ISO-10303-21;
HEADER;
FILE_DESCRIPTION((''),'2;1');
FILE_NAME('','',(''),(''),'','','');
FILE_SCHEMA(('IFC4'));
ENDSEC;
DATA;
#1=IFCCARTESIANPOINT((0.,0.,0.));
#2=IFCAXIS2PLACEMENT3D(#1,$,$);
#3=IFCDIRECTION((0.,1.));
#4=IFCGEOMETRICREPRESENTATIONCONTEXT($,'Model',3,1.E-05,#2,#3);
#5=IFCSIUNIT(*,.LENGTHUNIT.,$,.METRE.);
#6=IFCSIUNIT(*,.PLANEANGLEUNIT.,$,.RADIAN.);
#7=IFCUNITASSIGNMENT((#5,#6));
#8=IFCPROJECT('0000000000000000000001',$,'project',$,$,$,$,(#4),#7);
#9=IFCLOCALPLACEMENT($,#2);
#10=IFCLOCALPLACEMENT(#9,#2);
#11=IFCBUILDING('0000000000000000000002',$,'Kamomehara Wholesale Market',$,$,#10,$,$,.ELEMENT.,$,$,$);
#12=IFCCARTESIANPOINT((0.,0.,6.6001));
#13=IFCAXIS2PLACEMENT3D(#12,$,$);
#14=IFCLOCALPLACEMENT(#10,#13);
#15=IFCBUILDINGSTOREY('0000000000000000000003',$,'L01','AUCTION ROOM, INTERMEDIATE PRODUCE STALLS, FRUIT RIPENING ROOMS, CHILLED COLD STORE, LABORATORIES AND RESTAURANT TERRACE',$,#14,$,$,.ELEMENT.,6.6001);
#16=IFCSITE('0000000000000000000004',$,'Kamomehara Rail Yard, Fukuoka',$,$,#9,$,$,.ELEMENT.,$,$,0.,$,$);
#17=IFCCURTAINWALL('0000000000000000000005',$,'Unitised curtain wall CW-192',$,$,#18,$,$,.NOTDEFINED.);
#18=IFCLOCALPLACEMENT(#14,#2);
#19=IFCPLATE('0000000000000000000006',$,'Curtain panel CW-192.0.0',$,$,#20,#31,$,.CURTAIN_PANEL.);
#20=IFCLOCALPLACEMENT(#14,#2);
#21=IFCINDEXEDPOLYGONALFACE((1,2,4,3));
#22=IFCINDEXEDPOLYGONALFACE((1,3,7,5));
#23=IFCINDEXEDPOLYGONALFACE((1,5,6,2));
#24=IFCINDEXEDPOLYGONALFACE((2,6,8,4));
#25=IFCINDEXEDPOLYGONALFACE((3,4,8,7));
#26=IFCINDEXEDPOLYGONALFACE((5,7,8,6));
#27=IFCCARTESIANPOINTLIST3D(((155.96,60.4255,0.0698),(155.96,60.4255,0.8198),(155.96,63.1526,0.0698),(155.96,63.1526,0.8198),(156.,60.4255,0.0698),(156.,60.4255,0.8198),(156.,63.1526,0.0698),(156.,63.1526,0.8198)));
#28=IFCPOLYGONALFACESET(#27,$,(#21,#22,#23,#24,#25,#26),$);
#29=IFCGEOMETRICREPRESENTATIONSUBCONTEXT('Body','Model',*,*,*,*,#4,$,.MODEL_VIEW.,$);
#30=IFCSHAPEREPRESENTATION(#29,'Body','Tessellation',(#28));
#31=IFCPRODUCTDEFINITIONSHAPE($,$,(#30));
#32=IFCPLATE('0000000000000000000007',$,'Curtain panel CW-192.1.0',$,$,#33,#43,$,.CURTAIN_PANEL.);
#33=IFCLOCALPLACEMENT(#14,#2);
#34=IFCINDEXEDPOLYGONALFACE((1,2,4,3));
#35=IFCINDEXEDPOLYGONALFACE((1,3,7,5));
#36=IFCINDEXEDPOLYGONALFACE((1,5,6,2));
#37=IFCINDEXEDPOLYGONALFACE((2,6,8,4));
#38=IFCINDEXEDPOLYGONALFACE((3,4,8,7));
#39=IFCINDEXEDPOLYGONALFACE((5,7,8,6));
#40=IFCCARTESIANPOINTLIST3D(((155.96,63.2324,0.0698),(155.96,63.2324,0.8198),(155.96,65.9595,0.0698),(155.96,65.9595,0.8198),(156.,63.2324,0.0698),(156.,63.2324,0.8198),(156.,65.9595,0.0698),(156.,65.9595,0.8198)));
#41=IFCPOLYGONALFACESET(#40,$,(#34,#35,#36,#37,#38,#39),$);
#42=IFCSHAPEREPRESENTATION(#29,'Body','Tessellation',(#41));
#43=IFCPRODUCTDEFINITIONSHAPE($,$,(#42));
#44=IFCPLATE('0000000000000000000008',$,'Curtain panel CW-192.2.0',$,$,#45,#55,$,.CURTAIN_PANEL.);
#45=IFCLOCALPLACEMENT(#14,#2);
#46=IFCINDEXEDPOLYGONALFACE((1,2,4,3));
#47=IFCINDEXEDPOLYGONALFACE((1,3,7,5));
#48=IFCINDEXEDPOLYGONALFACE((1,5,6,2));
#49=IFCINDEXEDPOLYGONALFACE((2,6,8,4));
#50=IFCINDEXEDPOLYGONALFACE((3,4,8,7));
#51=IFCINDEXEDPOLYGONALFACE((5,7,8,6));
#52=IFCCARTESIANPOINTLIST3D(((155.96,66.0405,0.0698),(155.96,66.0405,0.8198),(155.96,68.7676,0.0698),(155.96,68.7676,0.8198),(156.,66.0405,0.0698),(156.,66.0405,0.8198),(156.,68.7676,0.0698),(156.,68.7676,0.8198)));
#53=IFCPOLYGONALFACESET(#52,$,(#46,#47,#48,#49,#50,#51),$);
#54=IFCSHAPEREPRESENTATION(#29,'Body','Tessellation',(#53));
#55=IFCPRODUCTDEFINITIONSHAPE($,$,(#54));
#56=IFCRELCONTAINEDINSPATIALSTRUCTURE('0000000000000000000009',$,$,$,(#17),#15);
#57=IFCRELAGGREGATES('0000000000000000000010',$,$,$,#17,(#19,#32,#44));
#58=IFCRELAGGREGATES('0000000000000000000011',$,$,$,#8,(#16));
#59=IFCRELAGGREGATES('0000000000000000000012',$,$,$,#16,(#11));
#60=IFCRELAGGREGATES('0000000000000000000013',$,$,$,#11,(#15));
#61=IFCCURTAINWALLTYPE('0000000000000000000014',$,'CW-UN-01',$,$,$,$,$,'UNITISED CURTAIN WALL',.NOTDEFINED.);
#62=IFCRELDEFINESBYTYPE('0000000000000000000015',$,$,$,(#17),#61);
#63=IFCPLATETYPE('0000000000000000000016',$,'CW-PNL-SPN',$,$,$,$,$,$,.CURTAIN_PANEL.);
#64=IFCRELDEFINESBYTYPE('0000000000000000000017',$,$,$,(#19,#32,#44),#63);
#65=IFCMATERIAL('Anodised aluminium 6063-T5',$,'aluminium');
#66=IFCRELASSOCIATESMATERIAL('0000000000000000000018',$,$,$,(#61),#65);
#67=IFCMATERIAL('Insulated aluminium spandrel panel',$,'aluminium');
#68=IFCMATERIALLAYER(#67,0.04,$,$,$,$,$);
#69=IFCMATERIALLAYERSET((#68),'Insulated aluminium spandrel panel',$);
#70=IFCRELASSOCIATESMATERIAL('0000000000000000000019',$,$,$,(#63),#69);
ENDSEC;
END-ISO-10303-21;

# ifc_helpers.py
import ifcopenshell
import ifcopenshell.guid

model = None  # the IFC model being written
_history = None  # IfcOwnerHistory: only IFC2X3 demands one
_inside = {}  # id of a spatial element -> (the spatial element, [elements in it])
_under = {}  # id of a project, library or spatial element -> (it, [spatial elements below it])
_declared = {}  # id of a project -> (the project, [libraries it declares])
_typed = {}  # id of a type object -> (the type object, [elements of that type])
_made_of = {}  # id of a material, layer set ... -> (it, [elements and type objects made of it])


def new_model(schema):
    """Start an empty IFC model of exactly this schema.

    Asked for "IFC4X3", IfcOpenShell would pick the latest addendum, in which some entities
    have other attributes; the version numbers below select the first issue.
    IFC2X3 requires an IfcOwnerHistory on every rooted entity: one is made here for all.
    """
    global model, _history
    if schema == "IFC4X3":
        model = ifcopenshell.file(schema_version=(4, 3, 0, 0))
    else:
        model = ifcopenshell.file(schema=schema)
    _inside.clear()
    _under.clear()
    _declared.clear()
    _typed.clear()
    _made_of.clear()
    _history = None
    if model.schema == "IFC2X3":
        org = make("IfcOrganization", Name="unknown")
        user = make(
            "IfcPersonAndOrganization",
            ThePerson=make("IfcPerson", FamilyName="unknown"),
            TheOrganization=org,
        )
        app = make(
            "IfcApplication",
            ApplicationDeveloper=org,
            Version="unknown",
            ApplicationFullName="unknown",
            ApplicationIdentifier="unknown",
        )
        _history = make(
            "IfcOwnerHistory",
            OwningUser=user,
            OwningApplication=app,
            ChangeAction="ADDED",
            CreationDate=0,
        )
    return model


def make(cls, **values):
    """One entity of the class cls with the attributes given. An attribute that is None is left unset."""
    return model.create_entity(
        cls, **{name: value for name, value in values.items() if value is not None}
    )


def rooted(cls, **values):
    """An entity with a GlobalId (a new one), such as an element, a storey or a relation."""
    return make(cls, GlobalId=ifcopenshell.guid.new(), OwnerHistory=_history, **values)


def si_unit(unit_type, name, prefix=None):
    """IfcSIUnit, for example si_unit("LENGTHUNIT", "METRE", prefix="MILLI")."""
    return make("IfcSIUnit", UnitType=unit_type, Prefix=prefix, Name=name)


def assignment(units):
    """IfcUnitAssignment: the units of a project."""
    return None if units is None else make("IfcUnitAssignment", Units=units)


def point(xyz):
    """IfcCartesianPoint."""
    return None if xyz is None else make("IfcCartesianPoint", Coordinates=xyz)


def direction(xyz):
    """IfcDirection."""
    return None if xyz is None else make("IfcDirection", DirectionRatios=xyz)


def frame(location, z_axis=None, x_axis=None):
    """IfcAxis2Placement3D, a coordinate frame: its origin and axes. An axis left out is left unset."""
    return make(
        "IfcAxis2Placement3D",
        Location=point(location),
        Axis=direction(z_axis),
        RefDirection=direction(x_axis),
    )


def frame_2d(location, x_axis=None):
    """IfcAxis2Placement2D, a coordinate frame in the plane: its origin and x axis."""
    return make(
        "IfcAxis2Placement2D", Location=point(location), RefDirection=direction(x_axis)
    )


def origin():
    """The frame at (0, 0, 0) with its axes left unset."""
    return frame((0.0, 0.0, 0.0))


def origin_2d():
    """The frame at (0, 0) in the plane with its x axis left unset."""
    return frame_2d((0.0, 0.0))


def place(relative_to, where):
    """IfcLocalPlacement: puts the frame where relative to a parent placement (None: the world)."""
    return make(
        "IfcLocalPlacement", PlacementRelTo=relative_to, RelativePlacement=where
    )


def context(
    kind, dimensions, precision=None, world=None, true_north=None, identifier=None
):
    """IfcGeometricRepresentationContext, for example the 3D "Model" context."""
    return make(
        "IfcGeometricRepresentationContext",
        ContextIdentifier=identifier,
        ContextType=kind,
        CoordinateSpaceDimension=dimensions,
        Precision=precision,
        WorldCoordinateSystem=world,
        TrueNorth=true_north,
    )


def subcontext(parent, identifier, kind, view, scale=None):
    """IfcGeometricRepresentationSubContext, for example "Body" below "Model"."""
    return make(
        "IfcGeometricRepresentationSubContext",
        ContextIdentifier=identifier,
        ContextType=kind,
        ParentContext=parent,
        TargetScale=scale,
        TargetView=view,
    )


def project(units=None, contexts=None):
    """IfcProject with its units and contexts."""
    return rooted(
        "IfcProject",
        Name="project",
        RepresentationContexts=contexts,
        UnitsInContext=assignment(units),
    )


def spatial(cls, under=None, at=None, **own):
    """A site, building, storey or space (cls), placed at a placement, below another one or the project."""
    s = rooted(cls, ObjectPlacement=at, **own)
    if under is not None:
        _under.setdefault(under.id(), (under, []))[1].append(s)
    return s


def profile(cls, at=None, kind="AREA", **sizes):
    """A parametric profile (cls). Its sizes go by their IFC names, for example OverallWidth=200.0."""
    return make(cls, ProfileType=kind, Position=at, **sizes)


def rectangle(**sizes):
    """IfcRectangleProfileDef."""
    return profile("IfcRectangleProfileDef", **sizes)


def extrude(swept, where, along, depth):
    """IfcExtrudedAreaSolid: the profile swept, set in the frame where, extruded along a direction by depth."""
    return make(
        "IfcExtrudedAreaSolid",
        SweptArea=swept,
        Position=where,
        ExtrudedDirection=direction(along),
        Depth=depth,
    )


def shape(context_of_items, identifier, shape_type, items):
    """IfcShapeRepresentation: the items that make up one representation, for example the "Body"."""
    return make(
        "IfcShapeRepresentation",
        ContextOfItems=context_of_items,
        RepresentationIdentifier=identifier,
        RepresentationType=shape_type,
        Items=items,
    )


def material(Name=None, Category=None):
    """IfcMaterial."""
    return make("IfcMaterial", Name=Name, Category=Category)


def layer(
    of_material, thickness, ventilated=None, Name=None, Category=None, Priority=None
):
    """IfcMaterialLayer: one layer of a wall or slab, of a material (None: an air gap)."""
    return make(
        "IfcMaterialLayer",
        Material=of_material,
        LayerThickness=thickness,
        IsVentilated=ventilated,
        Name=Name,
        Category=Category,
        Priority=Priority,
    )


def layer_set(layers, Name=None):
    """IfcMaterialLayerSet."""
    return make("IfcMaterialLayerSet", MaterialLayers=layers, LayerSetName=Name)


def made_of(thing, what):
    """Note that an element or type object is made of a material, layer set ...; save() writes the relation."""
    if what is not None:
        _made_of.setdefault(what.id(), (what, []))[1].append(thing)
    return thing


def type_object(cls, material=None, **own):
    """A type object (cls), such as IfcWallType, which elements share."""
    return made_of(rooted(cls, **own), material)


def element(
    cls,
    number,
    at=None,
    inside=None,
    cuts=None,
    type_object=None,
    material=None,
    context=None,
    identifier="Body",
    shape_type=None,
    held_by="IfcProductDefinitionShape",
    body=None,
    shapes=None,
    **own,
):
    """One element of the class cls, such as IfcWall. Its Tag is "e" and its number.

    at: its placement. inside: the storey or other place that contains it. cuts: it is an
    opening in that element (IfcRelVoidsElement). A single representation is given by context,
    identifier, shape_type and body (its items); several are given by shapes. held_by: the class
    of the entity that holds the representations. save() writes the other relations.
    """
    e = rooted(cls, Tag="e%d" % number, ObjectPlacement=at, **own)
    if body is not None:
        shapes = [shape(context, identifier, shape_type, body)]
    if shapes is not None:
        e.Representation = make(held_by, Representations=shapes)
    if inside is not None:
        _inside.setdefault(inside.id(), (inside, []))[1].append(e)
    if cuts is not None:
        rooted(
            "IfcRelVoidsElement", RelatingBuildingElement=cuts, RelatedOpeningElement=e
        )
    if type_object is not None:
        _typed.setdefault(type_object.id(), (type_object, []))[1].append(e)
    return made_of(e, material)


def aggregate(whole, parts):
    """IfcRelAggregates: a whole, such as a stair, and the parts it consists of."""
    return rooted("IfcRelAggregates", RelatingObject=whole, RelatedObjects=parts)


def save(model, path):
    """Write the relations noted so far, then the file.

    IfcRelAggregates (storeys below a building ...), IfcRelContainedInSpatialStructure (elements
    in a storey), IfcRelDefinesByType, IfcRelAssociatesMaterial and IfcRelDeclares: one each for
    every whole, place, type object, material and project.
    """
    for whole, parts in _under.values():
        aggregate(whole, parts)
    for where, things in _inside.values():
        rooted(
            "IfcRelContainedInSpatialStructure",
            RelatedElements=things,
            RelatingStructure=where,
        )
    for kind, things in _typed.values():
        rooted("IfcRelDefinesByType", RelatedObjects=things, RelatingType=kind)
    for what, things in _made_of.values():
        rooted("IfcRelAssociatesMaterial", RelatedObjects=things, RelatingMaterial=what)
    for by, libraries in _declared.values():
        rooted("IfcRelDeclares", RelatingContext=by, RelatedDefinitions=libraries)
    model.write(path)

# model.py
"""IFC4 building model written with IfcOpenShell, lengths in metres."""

from ifc_helpers import new_model, si_unit, direction, frame, origin, origin_2d, place, context, subcontext, project, spatial, rectangle, extrude, material, layer, layer_set, type_object, element, aggregate, save


model = new_model("IFC4")

# Units and contexts
model_context = context("Model", 3, precision=1e-05, world=origin(), true_north=direction((0.0, 1.0)))
body_context = subcontext(model_context, "Body", "Model", "MODEL_VIEW")
ifc_project = project(units=[si_unit("LENGTHUNIT", "METRE"), si_unit("PLANEANGLEUNIT", "RADIAN")], contexts=[model_context])

# Site, building, storey
site_placement = place(None, origin())
site = spatial("IfcSite", under=ifc_project, at=site_placement, Name="Kamomehara Rail Yard, Fukuoka", CompositionType="ELEMENT", RefElevation=0.0)
building_placement = place(site_placement, origin())
building = spatial("IfcBuilding", under=site, at=building_placement, Name="Kamomehara Wholesale Market", CompositionType="ELEMENT")
storey_placement = place(building_placement, frame((0.0, 0.0, 6.6001)))
storey = spatial("IfcBuildingStorey", under=building, at=storey_placement, Name="L01", Description="AUCTION ROOM, INTERMEDIATE PRODUCE STALLS, FRUIT RIPENING ROOMS, CHILLED COLD STORE, LABORATORIES AND RESTAURANT TERRACE", CompositionType="ELEMENT", Elevation=6.6001)

# Curtain wall, plates
ifc_material_1 = material(Name="Anodised aluminium 6063-T5", Category="aluminium")
curtain_wall_type = type_object("IfcCurtainWallType", Name="CW-UN-01", ElementType="UNITISED CURTAIN WALL", PredefinedType="NOTDEFINED", material=ifc_material_1)
curtain_wall_placement = place(storey_placement, origin())
curtain_wall = element("IfcCurtainWall", 1, at=curtain_wall_placement, inside=storey, type_object=curtain_wall_type, Name="Unitised curtain wall CW-192", PredefinedType="NOTDEFINED")
ifc_material_2 = material(Name="Insulated aluminium spandrel panel", Category="aluminium")
ifc_layer_1 = layer(ifc_material_2, 0.04)
ifc_layer_set_1 = layer_set([ifc_layer_1], Name="Insulated aluminium spandrel panel")
plate_type_1 = type_object("IfcPlateType", Name="CW-PNL-SPN", PredefinedType="CURTAIN_PANEL", material=ifc_layer_set_1)
plate_1_placement = place(storey_placement, frame((155.98, 61.7891, 0.0698), z_axis=(0.0, 0.0, 1.0), x_axis=(0.0, 1.0, 0.0)))
plate_1 = element("IfcPlate", 2, at=plate_1_placement, type_object=plate_type_1, Name="Curtain panel CW-192.0.0", PredefinedType="CURTAIN_PANEL", context=body_context, shape_type="SweptSolid", body=[
    extrude(rectangle(XDim=2.7271, YDim=0.04, at=origin_2d()), origin(), (0.0, 0.0, 1.0), 0.75),
])
plate_2_placement = place(storey_placement, frame((155.98, 64.5959, 0.0698), z_axis=(0.0, 0.0, 1.0), x_axis=(0.0, 1.0, 0.0)))
plate_2 = element("IfcPlate", 3, at=plate_2_placement, type_object=plate_type_1, Name="Curtain panel CW-192.1.0", PredefinedType="CURTAIN_PANEL", context=body_context, shape_type="SweptSolid", body=[
    extrude(rectangle(XDim=2.7271, YDim=0.04, at=origin_2d()), origin(), (0.0, 0.0, 1.0), 0.75),
])
plate_3_placement = place(storey_placement, frame((155.98, 67.4041, 0.0698), z_axis=(0.0, 0.0, 1.0), x_axis=(0.0, 1.0, 0.0)))
plate_3 = element("IfcPlate", 4, at=plate_3_placement, type_object=plate_type_1, Name="Curtain panel CW-192.2.0", PredefinedType="CURTAIN_PANEL", context=body_context, shape_type="SweptSolid", body=[
    extrude(rectangle(XDim=2.7271, YDim=0.04, at=origin_2d()), origin(), (0.0, 0.0, 1.0), 0.75),
])
aggregate(curtain_wall, [plate_1, plate_2, plate_3])

save(model, "model.ifc")
